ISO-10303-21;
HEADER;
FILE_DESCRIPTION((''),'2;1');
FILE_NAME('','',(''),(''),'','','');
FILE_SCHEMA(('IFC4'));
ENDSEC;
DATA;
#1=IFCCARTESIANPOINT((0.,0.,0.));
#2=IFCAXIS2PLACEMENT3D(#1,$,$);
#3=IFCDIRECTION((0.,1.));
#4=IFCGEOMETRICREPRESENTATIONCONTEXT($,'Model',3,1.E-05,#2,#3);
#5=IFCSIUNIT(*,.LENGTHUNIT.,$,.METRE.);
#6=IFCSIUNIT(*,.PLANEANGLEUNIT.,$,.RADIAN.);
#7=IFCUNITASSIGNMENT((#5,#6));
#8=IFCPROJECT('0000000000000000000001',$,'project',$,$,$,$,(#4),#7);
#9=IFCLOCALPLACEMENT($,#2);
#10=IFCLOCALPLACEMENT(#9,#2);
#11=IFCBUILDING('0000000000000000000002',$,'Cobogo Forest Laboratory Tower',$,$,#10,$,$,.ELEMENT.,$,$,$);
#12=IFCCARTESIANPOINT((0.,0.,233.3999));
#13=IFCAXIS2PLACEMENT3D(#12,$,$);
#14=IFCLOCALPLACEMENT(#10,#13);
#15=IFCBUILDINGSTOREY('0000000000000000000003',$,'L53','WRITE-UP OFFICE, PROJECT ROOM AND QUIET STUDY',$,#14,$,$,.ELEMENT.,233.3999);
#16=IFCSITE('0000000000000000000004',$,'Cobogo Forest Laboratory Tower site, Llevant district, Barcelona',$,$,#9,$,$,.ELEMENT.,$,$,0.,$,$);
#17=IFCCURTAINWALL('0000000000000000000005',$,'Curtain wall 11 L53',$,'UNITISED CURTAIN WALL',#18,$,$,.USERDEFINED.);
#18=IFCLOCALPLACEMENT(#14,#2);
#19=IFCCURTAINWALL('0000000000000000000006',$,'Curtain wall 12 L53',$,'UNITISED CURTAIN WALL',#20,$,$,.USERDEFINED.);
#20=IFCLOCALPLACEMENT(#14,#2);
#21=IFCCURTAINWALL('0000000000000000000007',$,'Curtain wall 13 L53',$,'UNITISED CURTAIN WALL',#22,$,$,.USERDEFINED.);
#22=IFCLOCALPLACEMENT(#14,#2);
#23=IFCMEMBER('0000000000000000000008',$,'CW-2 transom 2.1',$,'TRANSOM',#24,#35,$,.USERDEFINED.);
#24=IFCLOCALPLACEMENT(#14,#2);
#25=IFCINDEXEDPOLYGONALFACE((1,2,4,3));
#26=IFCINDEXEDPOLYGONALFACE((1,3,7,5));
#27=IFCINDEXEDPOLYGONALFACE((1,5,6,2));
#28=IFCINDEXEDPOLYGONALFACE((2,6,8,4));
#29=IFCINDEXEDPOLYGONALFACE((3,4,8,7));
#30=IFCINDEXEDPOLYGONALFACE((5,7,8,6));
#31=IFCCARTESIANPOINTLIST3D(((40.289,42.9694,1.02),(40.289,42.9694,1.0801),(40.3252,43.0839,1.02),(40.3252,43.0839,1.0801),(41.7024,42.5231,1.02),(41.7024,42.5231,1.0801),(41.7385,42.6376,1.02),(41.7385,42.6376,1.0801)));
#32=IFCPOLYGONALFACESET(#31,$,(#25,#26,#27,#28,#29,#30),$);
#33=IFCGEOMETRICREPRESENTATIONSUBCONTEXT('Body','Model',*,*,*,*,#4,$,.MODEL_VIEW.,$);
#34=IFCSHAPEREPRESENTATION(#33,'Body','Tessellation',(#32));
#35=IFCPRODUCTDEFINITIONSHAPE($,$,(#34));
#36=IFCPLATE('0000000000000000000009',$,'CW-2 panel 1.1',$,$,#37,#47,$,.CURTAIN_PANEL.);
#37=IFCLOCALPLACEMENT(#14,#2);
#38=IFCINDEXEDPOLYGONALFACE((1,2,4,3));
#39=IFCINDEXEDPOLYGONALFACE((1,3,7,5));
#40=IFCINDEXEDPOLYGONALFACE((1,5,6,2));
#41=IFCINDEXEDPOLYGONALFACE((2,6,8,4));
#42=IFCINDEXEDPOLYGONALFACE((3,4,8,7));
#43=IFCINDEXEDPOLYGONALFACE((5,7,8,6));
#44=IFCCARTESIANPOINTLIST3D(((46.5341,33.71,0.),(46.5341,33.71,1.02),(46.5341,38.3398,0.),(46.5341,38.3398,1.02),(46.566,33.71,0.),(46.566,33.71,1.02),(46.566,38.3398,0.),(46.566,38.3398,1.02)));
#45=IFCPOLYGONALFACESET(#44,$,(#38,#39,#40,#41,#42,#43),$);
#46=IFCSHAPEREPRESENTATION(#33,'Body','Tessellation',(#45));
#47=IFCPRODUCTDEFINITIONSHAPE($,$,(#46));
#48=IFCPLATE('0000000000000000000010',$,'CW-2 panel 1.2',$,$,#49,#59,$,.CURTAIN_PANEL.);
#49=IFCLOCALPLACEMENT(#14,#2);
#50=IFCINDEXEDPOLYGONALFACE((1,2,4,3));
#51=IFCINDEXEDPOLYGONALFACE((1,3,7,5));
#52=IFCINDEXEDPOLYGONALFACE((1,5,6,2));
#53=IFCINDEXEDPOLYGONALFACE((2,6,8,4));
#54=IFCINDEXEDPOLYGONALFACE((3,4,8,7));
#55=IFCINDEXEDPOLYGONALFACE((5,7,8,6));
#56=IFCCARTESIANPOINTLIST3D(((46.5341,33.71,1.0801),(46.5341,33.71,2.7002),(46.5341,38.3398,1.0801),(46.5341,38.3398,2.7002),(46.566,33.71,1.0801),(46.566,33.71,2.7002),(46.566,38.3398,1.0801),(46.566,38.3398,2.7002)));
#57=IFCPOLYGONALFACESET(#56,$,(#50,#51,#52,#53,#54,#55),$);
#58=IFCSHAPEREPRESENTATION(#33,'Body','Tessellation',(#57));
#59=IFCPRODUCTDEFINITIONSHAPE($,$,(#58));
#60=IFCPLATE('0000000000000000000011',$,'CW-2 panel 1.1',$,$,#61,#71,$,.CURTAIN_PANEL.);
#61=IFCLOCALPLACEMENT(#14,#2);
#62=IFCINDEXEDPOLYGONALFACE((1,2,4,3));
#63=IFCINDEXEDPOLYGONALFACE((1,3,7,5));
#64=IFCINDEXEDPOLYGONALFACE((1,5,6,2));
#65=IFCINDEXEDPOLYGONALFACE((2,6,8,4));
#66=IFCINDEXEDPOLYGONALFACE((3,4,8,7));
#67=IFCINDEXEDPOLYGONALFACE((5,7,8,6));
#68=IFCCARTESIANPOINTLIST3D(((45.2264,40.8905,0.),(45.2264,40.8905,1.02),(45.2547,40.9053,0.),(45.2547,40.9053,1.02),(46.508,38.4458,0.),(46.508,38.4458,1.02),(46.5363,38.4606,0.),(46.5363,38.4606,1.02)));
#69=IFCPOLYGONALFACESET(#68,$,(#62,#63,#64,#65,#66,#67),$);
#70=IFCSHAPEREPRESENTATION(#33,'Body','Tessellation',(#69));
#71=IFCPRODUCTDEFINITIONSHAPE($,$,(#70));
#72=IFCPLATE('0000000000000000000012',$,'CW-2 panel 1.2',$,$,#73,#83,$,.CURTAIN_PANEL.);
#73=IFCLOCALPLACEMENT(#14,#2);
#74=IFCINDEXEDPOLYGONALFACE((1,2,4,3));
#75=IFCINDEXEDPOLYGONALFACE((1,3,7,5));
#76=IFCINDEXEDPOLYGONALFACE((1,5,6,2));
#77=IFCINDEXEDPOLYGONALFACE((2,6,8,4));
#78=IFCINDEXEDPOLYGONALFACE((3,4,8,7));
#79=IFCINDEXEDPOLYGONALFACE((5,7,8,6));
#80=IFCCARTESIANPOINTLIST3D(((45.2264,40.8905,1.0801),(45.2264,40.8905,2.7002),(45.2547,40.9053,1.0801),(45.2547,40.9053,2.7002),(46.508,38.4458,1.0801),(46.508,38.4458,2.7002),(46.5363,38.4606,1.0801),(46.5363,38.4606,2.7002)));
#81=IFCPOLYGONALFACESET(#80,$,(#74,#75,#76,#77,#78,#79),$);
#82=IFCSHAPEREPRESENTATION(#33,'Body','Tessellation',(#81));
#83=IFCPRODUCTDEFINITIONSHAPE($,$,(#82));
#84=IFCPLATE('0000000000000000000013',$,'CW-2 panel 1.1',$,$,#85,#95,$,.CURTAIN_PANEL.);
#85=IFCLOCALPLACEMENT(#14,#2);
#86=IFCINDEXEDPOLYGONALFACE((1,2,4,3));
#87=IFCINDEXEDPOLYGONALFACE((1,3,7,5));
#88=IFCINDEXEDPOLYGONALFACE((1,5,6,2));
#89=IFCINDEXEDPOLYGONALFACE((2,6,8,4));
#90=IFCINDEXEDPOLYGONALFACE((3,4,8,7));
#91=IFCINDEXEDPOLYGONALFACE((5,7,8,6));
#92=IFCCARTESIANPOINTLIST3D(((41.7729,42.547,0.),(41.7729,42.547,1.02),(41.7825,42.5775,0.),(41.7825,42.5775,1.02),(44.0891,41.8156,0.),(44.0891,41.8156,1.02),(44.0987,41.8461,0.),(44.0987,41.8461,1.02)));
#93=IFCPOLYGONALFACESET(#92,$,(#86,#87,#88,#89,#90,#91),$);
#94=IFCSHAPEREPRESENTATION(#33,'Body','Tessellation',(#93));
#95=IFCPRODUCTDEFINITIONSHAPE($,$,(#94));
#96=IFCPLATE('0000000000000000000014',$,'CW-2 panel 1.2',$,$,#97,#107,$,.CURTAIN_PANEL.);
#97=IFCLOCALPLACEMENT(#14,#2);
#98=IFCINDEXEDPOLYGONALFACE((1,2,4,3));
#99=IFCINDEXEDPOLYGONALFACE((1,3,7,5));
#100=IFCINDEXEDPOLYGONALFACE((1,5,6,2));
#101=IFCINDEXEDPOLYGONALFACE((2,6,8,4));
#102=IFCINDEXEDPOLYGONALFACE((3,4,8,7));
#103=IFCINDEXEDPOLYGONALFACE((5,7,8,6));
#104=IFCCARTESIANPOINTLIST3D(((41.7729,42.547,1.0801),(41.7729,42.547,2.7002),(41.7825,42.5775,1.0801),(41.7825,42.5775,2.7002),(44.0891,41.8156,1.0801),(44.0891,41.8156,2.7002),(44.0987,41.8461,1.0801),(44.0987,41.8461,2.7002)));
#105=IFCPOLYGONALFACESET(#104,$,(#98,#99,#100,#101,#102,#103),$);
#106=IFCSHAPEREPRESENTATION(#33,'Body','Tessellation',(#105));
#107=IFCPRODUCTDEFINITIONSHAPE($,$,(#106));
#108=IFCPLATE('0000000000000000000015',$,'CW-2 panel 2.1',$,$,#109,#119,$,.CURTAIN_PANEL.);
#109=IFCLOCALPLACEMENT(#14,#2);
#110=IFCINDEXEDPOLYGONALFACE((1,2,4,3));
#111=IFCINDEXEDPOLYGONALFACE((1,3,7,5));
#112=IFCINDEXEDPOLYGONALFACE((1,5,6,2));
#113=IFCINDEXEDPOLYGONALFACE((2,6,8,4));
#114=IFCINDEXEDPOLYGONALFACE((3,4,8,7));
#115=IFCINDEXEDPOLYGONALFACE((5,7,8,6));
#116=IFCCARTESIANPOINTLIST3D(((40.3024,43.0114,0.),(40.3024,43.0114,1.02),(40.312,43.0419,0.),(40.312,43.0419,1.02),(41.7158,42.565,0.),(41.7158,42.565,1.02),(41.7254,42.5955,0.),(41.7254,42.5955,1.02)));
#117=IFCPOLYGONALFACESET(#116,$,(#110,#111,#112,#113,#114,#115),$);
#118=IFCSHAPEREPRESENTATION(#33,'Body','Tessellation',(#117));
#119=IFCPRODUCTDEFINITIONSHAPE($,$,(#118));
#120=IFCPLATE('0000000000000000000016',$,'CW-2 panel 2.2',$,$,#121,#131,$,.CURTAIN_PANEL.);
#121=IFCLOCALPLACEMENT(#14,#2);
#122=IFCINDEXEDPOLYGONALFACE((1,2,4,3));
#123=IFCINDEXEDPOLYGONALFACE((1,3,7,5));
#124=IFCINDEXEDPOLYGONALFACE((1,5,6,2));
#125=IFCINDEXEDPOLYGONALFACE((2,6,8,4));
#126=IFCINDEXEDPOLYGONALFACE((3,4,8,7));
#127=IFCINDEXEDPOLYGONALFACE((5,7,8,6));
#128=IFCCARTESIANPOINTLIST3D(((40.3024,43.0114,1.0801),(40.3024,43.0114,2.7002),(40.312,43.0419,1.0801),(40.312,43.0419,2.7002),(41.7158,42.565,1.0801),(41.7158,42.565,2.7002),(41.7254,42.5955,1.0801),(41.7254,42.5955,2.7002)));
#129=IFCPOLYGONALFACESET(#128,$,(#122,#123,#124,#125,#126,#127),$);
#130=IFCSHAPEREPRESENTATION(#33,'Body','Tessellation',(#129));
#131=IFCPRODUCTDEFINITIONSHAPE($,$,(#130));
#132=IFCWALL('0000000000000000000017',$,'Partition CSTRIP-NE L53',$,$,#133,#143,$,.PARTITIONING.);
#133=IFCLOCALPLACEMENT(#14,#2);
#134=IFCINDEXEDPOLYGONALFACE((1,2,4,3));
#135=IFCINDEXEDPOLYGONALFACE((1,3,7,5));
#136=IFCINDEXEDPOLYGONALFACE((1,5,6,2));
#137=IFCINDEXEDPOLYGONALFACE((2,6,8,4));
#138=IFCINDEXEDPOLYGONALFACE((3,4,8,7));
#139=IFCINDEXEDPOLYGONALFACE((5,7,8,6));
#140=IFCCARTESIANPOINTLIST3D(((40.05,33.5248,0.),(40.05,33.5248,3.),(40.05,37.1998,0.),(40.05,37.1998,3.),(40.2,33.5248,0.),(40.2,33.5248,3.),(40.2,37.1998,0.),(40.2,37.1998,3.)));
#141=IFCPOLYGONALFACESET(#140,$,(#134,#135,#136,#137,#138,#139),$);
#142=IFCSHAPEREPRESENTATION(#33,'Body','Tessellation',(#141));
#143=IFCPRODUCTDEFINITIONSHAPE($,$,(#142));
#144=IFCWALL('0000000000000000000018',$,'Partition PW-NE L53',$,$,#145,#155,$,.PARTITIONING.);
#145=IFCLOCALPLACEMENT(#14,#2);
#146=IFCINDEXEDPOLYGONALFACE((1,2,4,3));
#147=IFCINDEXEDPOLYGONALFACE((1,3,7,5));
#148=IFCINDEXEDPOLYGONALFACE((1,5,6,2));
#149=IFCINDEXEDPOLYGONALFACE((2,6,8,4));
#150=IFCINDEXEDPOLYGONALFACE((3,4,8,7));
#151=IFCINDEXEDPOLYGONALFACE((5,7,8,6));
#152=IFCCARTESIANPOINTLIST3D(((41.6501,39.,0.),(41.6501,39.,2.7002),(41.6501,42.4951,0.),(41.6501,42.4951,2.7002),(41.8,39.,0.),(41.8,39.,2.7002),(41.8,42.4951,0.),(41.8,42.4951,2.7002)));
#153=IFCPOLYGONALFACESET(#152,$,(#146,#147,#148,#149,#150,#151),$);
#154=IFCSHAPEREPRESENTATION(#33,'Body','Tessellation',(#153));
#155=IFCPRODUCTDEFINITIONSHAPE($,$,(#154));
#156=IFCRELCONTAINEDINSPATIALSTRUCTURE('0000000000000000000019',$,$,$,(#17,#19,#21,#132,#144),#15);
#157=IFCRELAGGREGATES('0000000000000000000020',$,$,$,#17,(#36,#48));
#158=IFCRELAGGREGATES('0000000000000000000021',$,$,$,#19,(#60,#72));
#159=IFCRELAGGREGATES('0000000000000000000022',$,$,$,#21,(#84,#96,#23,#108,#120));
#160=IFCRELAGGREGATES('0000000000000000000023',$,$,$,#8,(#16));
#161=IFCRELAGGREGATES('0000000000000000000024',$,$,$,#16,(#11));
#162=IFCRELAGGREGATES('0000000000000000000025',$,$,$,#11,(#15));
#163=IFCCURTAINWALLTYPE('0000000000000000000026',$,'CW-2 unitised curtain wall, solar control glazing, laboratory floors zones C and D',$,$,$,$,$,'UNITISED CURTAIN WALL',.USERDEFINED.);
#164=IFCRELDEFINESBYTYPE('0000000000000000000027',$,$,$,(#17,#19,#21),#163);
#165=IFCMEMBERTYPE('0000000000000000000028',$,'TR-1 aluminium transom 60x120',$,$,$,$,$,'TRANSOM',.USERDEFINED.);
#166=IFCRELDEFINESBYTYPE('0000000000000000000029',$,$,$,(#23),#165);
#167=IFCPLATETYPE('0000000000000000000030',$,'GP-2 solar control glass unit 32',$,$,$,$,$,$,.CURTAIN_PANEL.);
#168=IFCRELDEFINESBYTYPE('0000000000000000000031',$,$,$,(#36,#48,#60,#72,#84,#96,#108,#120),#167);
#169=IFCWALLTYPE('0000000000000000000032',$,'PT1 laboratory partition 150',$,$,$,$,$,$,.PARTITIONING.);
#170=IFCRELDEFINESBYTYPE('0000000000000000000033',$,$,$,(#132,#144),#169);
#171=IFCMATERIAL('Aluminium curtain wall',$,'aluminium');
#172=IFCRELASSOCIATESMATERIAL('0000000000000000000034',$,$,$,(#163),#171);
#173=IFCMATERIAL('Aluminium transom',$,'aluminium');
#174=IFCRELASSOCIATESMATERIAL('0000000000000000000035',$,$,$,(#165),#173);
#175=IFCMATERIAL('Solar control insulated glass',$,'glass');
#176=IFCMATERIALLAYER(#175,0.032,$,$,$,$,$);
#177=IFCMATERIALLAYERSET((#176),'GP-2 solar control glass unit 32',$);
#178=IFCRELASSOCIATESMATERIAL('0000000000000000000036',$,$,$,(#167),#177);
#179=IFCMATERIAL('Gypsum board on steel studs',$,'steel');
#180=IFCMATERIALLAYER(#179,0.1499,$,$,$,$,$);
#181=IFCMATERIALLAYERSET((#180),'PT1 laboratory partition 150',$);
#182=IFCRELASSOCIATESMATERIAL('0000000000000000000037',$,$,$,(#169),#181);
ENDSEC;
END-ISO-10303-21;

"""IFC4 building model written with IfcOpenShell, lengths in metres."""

from ifc_helpers import new_model, si_unit, direction, frame, frame_2d, origin, origin_2d, place, context, subcontext, project, spatial, rectangle, extrude, material, layer, layer_set, material_profile, profile_set, type_object, element, aggregate, save


model = new_model("IFC4")

# Units and contexts
model_context = context("Model", 3, precision=1e-05, world=origin(), true_north=direction((0.0, 1.0)))
body_context = subcontext(model_context, "Body", "Model", "MODEL_VIEW")
ifc_project = project(units=[si_unit("LENGTHUNIT", "METRE"), si_unit("PLANEANGLEUNIT", "RADIAN")], contexts=[model_context])

# Site, building, storey
site_placement = place(None, origin())
site = spatial("IfcSite", under=ifc_project, at=site_placement, Name="Cobogo Forest Laboratory Tower site, Llevant district, Barcelona", CompositionType="ELEMENT", RefElevation=0.0)
building_placement = place(site_placement, origin())
building = spatial("IfcBuilding", under=site, at=building_placement, Name="Cobogo Forest Laboratory Tower", CompositionType="ELEMENT")
storey_placement = place(building_placement, frame((0.0, 0.0, 233.3999)))
storey = spatial("IfcBuildingStorey", under=building, at=storey_placement, Name="L53", Description="WRITE-UP OFFICE, PROJECT ROOM AND QUIET STUDY", CompositionType="ELEMENT", Elevation=233.3999)

# Curtain walls
ifc_material_1 = material(Name="Aluminium curtain wall", Category="aluminium")
curtain_wall_type = type_object("IfcCurtainWallType", Name="CW-2 unitised curtain wall, solar control glazing, laboratory floors zones C and D", ElementType="UNITISED CURTAIN WALL", PredefinedType="USERDEFINED", material=ifc_material_1)
curtain_wall_1_placement = place(storey_placement, origin())
curtain_wall_1 = element("IfcCurtainWall", 1, at=curtain_wall_1_placement, inside=storey, type_object=curtain_wall_type, Name="Curtain wall 11 L53", ObjectType="UNITISED CURTAIN WALL", PredefinedType="USERDEFINED")
curtain_wall_2_placement = place(storey_placement, origin())
curtain_wall_2 = element("IfcCurtainWall", 2, at=curtain_wall_2_placement, inside=storey, type_object=curtain_wall_type, Name="Curtain wall 12 L53", ObjectType="UNITISED CURTAIN WALL", PredefinedType="USERDEFINED")
curtain_wall_3_placement = place(storey_placement, origin())
curtain_wall_3 = element("IfcCurtainWall", 3, at=curtain_wall_3_placement, inside=storey, type_object=curtain_wall_type, Name="Curtain wall 13 L53", ObjectType="UNITISED CURTAIN WALL", PredefinedType="USERDEFINED")

# Member
ifc_material_2 = material(Name="Aluminium transom", Category="aluminium")
ifc_material_profile_1 = material_profile(ifc_material_2, rectangle(XDim=0.1201, YDim=0.0601, at=origin_2d()), Name="AL 60x120")
ifc_profile_set_1 = profile_set([ifc_material_profile_1], Name="Aluminium transom")
member_type_1 = type_object("IfcMemberType", Name="TR-1 aluminium transom 60x120", ElementType="TRANSOM", PredefinedType="USERDEFINED", material=ifc_profile_set_1)
member_1_placement = place(storey_placement, frame((41.7205, 42.5803, 1.05), z_axis=(-0.953588, 0.301116, 0.0), x_axis=(-0.301116, -0.953588, 0.0)))
member_1 = element("IfcMember", 4, at=member_1_placement, type_object=member_type_1, Name="CW-2 transom 2.1", ObjectType="TRANSOM", PredefinedType="USERDEFINED", context=body_context, shape_type="SweptSolid", body=[
    extrude(rectangle(XDim=0.1201, YDim=0.0601, at=origin_2d()), origin(), (0.0, 0.0, 1.0), 1.4822),
])

# Plates
ifc_material_3 = material(Name="Solar control insulated glass", Category="glass")
ifc_layer_1 = layer(ifc_material_3, 0.032)
ifc_layer_set_1 = layer_set([ifc_layer_1], Name="GP-2 solar control glass unit 32")
plate_type = type_object("IfcPlateType", Name="GP-2 solar control glass unit 32", PredefinedType="CURTAIN_PANEL", material=ifc_layer_set_1)
plate_1_placement = place(storey_placement, frame((46.55, 36.0249, 0.0), z_axis=(0.0, 0.0, 1.0), x_axis=(0.0, 1.0, 0.0)))
plate_1 = element("IfcPlate", 5, at=plate_1_placement, type_object=plate_type, Name="CW-2 panel 1.1", PredefinedType="CURTAIN_PANEL", context=body_context, shape_type="SweptSolid", body=[
    extrude(rectangle(XDim=4.6299, YDim=0.032, at=origin_2d()), origin(), (0.0, 0.0, 1.0), 1.02),
])
plate_2_placement = place(storey_placement, frame((46.55, 36.0249, 1.0801), z_axis=(0.0, 0.0, 1.0), x_axis=(0.0, 1.0, 0.0)))
plate_2 = element("IfcPlate", 6, at=plate_2_placement, type_object=plate_type, Name="CW-2 panel 1.2", PredefinedType="CURTAIN_PANEL", context=body_context, shape_type="SweptSolid", body=[
    extrude(rectangle(XDim=4.6299, YDim=0.032, at=origin_2d()), origin(), (0.0, 0.0, 1.0), 1.6201),
])
aggregate(curtain_wall_1, [plate_1, plate_2])
plate_3_placement = place(storey_placement, frame((45.8813, 39.6755, 0.0), z_axis=(0.0, 0.0, 1.0), x_axis=(-0.464284, 0.885686, 0.0)))
plate_3 = element("IfcPlate", 7, at=plate_3_placement, type_object=plate_type, Name="CW-2 panel 1.1", PredefinedType="CURTAIN_PANEL", context=body_context, shape_type="SweptSolid", body=[
    extrude(rectangle(XDim=2.7603, YDim=0.032, at=origin_2d()), origin(), (0.0, 0.0, 1.0), 1.02),
])
plate_4_placement = place(storey_placement, frame((45.8813, 39.6755, 1.0801), z_axis=(0.0, 0.0, 1.0), x_axis=(-0.464284, 0.885686, 0.0)))
plate_4 = element("IfcPlate", 8, at=plate_4_placement, type_object=plate_type, Name="CW-2 panel 1.2", PredefinedType="CURTAIN_PANEL", context=body_context, shape_type="SweptSolid", body=[
    extrude(rectangle(XDim=2.7603, YDim=0.032, at=origin_2d()), origin(), (0.0, 0.0, 1.0), 1.6201),
])
aggregate(curtain_wall_2, [plate_3, plate_4])
plate_5_placement = place(storey_placement, frame((42.9358, 42.1965, 0.0), z_axis=(0.0, 0.0, 1.0), x_axis=(-0.953581, 0.301136, 0.0)))
plate_5 = element("IfcPlate", 9, at=plate_5_placement, type_object=plate_type, Name="CW-2 panel 1.1", PredefinedType="CURTAIN_PANEL", context=body_context, shape_type="SweptSolid", body=[
    extrude(rectangle(XDim=2.429, YDim=0.032, at=origin_2d()), origin(), (0.0, 0.0, 1.0), 1.02),
])
plate_6_placement = place(storey_placement, frame((42.9358, 42.1965, 1.0801), z_axis=(0.0, 0.0, 1.0), x_axis=(-0.953581, 0.301136, 0.0)))
plate_6 = element("IfcPlate", 10, at=plate_6_placement, type_object=plate_type, Name="CW-2 panel 1.2", PredefinedType="CURTAIN_PANEL", context=body_context, shape_type="SweptSolid", body=[
    extrude(rectangle(XDim=2.429, YDim=0.032, at=origin_2d()), origin(), (0.0, 0.0, 1.0), 1.6201),
])
plate_7_placement = place(storey_placement, frame((41.0139, 42.8035, 0.0), z_axis=(0.0, 0.0, 1.0), x_axis=(-0.953581, 0.301136, 0.0)))
plate_7 = element("IfcPlate", 11, at=plate_7_placement, type_object=plate_type, Name="CW-2 panel 2.1", PredefinedType="CURTAIN_PANEL", context=body_context, shape_type="SweptSolid", body=[
    extrude(rectangle(XDim=1.4822, YDim=0.032, at=origin_2d()), origin(), (0.0, 0.0, 1.0), 1.02),
])
plate_8_placement = place(storey_placement, frame((41.0139, 42.8035, 1.0801), z_axis=(0.0, 0.0, 1.0), x_axis=(-0.953581, 0.301136, 0.0)))
plate_8 = element("IfcPlate", 12, at=plate_8_placement, type_object=plate_type, Name="CW-2 panel 2.2", PredefinedType="CURTAIN_PANEL", context=body_context, shape_type="SweptSolid", body=[
    extrude(rectangle(XDim=1.4822, YDim=0.032, at=origin_2d()), origin(), (0.0, 0.0, 1.0), 1.6201),
])
aggregate(curtain_wall_3, [plate_5, plate_6, member_1, plate_7, plate_8])

# Walls
ifc_material_4 = material(Name="Gypsum board on steel studs", Category="steel")
ifc_layer_2 = layer(ifc_material_4, 0.1499)
ifc_layer_set_2 = layer_set([ifc_layer_2], Name="PT1 laboratory partition 150")
wall_type = type_object("IfcWallType", Name="PT1 laboratory partition 150", PredefinedType="PARTITIONING", material=ifc_layer_set_2)
wall_1_placement = place(storey_placement, frame((40.125, 33.5249, 0.0), z_axis=(0.0, 0.0, 1.0), x_axis=(0.0, 1.0, 0.0)))
element("IfcWall", 13, at=wall_1_placement, inside=storey, type_object=wall_type, Name="Partition CSTRIP-NE L53", PredefinedType="PARTITIONING", context=body_context, shape_type="SweptSolid", body=[
    extrude(rectangle(XDim=3.675, YDim=0.1499, at=frame_2d((1.8374, 0.0))), origin(), (0.0, 0.0, 1.0), 3.0),
])
wall_2_placement = place(storey_placement, frame((41.7251, 42.4951, 0.0), z_axis=(0.0, 0.0, 1.0), x_axis=(0.0, -1.0, 0.0)))
element("IfcWall", 14, at=wall_2_placement, inside=storey, type_object=wall_type, Name="Partition PW-NE L53", PredefinedType="PARTITIONING", context=body_context, shape_type="SweptSolid", body=[
    extrude(rectangle(XDim=3.4951, YDim=0.1499, at=frame_2d((1.7476, 0.0))), origin(), (0.0, 0.0, 1.0), 2.7002),
])

save(model, "model.ifc")
